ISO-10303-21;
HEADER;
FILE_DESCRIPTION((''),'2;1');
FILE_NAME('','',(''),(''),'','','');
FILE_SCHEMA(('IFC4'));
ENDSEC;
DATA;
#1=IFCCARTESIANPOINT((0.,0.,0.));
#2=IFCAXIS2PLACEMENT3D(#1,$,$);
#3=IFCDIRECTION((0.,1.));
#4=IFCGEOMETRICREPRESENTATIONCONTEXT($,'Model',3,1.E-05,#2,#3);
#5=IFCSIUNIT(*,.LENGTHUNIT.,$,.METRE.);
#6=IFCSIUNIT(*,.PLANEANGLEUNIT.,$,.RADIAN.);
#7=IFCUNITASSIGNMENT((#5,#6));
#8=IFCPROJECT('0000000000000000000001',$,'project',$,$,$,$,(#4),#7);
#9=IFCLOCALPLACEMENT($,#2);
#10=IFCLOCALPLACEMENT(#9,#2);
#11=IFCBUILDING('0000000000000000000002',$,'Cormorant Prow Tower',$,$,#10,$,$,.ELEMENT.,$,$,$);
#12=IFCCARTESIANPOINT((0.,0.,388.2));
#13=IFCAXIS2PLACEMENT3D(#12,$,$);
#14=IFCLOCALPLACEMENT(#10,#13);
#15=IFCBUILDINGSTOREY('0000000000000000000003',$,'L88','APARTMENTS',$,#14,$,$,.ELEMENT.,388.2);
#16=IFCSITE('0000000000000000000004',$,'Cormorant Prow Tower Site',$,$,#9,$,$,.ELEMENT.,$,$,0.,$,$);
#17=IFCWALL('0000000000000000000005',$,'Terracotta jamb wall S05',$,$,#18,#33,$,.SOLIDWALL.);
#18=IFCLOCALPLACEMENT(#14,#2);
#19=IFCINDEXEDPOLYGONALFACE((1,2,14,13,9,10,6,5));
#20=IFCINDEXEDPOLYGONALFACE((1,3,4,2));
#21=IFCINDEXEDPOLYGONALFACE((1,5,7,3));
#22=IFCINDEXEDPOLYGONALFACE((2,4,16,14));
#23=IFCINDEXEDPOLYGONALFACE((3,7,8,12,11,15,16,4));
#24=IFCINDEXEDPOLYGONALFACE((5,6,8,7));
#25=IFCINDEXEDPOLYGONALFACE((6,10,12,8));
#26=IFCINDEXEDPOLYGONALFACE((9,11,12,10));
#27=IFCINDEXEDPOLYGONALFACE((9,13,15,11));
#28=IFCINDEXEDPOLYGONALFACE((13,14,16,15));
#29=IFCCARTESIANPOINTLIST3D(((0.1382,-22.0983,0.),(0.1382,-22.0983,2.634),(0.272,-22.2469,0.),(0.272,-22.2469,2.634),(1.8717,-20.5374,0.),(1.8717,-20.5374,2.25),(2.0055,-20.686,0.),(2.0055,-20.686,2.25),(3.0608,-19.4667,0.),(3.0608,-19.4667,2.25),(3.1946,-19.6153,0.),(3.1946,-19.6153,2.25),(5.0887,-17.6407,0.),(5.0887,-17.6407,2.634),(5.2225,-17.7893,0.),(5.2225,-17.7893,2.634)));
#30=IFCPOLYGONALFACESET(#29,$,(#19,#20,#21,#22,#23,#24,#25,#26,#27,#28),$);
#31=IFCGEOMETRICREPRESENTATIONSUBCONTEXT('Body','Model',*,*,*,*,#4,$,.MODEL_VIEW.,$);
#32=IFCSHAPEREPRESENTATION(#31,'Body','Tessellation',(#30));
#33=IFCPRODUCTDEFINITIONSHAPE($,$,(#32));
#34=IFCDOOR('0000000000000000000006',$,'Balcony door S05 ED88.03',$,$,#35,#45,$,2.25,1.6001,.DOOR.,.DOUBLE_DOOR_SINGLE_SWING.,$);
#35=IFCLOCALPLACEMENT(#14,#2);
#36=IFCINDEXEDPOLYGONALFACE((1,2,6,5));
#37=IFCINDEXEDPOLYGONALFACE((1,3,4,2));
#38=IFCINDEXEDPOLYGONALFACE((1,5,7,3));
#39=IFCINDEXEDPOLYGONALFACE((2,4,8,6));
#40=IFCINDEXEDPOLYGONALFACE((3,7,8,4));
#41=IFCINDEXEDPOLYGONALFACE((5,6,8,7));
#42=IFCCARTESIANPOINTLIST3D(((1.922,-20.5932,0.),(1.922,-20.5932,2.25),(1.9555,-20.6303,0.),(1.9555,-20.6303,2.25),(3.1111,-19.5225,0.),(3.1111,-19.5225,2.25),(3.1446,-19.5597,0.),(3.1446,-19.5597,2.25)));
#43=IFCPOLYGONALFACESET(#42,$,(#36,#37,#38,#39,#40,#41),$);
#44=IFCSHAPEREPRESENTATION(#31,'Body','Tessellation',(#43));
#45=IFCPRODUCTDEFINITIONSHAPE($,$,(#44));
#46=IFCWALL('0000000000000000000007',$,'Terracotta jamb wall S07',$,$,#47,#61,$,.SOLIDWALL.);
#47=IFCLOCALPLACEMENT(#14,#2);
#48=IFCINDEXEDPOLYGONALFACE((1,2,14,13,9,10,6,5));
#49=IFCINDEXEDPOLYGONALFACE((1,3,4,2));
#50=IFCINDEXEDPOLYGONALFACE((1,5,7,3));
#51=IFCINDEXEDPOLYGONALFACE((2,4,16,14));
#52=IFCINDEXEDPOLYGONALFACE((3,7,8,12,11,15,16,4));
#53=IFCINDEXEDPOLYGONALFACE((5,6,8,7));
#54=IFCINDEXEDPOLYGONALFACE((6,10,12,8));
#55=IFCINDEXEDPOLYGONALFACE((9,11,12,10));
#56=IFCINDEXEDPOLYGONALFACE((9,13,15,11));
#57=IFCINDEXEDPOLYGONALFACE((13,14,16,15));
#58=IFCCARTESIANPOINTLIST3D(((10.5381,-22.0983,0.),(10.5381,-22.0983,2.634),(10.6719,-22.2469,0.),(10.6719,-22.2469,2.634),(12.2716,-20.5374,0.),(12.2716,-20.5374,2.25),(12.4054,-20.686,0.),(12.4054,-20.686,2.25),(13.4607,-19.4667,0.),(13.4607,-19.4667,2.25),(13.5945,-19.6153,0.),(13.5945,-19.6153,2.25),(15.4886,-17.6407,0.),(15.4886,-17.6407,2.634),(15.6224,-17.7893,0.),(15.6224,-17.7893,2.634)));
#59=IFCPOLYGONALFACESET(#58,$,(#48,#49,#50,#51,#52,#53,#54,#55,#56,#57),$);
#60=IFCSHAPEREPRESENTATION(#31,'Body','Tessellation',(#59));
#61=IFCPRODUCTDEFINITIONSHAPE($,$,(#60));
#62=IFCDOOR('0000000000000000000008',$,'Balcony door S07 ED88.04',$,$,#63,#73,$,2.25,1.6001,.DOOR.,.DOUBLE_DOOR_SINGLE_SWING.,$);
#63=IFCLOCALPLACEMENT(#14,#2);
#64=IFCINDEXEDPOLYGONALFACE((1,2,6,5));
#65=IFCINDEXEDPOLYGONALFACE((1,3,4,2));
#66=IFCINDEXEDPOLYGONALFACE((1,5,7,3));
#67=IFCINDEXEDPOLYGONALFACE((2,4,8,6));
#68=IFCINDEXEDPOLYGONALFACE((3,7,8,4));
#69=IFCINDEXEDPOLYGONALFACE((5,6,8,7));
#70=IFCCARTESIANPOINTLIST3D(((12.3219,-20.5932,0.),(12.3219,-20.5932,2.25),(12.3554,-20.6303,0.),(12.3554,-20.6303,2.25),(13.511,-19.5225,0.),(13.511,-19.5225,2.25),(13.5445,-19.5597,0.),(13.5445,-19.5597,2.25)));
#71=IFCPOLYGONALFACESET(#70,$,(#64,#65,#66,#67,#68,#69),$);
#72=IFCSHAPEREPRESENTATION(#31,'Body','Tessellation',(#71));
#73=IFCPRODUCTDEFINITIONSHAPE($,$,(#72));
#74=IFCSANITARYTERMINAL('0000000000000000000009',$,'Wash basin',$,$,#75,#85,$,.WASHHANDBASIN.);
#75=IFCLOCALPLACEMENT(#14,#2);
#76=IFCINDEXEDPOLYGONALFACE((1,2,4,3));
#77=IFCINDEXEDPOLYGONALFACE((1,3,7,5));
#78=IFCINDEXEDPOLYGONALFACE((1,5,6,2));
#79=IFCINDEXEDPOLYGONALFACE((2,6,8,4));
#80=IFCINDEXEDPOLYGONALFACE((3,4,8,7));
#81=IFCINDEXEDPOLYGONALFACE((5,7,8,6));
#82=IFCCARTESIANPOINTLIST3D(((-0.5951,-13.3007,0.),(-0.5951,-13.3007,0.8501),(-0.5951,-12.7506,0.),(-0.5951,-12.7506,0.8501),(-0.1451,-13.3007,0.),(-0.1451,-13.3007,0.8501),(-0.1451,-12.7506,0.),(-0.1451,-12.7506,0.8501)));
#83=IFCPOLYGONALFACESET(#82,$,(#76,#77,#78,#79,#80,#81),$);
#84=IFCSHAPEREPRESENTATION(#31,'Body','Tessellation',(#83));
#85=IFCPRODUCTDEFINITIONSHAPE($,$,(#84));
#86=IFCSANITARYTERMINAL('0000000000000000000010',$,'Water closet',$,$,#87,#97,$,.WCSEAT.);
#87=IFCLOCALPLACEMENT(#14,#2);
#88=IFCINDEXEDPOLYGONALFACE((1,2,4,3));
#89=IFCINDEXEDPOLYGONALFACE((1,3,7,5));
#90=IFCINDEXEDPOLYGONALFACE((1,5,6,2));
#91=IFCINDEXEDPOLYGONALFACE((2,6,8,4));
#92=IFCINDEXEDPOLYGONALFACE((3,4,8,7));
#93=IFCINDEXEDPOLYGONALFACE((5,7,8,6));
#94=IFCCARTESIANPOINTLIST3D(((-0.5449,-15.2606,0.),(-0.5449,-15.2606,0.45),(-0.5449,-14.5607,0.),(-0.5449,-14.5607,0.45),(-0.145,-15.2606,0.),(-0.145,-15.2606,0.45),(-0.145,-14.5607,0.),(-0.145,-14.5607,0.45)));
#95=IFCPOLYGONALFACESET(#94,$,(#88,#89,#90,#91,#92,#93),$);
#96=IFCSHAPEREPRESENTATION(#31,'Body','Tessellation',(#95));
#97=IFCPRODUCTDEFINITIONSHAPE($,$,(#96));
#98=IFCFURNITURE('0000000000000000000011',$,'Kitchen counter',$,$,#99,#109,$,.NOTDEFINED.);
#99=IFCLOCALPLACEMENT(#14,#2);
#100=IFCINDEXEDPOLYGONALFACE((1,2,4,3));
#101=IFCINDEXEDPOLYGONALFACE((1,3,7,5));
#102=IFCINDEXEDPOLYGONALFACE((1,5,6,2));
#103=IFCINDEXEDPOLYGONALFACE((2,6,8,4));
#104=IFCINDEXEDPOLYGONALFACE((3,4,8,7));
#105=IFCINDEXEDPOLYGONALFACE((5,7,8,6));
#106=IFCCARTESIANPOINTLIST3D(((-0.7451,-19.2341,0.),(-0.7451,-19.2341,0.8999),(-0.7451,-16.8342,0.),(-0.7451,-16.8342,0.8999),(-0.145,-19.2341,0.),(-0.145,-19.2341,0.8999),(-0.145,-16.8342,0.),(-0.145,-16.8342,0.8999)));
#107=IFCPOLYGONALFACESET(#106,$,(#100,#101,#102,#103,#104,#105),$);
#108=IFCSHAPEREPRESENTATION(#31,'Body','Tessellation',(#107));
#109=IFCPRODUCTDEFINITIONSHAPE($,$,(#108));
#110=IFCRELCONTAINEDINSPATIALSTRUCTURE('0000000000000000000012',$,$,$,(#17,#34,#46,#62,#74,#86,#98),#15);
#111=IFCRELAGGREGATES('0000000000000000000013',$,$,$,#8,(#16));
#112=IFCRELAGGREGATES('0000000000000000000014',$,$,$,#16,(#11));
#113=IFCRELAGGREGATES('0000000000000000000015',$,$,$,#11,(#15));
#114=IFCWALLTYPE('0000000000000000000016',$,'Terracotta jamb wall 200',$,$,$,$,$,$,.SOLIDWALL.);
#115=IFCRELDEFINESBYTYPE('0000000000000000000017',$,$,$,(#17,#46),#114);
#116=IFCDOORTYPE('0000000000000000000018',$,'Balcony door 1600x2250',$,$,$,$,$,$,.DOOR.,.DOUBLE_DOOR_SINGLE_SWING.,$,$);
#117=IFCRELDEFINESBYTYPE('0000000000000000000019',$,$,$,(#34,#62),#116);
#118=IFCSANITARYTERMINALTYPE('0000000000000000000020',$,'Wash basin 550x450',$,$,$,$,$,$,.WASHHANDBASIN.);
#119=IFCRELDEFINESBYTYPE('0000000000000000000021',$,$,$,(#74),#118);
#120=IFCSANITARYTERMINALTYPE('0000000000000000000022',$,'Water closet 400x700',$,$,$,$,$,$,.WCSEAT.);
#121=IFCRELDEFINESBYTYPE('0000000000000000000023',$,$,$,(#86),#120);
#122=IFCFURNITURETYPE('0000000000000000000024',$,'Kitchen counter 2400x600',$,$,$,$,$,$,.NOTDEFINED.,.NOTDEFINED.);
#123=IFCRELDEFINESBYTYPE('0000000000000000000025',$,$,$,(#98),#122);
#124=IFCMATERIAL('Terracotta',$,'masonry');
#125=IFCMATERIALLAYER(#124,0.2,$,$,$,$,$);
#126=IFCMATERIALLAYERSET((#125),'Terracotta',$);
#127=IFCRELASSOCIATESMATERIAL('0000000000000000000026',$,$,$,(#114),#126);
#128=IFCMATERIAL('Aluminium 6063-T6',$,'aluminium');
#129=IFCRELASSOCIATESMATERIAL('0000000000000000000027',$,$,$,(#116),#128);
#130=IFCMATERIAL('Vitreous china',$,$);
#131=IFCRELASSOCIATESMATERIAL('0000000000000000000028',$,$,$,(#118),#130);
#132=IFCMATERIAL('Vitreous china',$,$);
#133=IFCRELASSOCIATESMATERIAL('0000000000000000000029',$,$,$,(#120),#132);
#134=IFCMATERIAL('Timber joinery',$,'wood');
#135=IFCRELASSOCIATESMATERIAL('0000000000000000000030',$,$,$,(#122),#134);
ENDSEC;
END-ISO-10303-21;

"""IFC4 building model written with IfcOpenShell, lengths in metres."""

from ifc_helpers import new_model, si_unit, direction, frame, frame_2d, origin, origin_2d, place, context, subcontext, project, spatial, rectangle, extrude, material, layer, layer_set, type_object, element, fill, save


model = new_model("IFC4")

# Units and contexts
model_context = context("Model", 3, precision=1e-05, world=origin(), true_north=direction((0.0, 1.0)))
body_context = subcontext(model_context, "Body", "Model", "MODEL_VIEW")
ifc_project = project(units=[si_unit("LENGTHUNIT", "METRE"), si_unit("PLANEANGLEUNIT", "RADIAN")], contexts=[model_context])

# Site, building, storey
site_placement = place(None, origin())
site = spatial("IfcSite", under=ifc_project, at=site_placement, Name="Cormorant Prow Tower Site", CompositionType="ELEMENT", RefElevation=0.0)
building_placement = place(site_placement, origin())
building = spatial("IfcBuilding", under=site, at=building_placement, Name="Cormorant Prow Tower", CompositionType="ELEMENT")
storey_placement = place(building_placement, frame((0.0, 0.0, 388.2)))
storey = spatial("IfcBuildingStorey", under=building, at=storey_placement, Name="L88", Description="APARTMENTS", CompositionType="ELEMENT", Elevation=388.2)

# Walls, openings, doors
ifc_material_1 = material(Name="Terracotta", Category="masonry")
ifc_layer_1 = layer(ifc_material_1, 0.2)
ifc_layer_set_1 = layer_set([ifc_layer_1], Name="Terracotta")
wall_type_1 = type_object("IfcWallType", Name="Terracotta jamb wall 200", PredefinedType="SOLIDWALL", material=ifc_layer_set_1)
wall_1_placement = place(storey_placement, frame((0.2051, -22.1726, 0.0), z_axis=(0.0, 0.0, 1.0), x_axis=(0.743136, 0.669141, 0.0)))
wall_1 = element("IfcWall", 1, at=wall_1_placement, inside=storey, type_object=wall_type_1, Name="Terracotta jamb wall S05", PredefinedType="SOLIDWALL", context=body_context, shape_type="SweptSolid", body=[
    extrude(rectangle(XDim=6.6616, YDim=0.2, at=frame_2d((3.3308, 0.0))), origin(), (0.0, 0.0, 1.0), 2.634),
])
opening_1_placement = place(wall_1_placement, frame((2.3328, 0.0, 0.0)))
opening_1 = element("IfcOpeningElement", 2, at=opening_1_placement, cuts=wall_1, PredefinedType="OPENING", context=body_context, shape_type="SweptSolid", body=[
    extrude(rectangle(XDim=1.6001, YDim=2.25, at=frame_2d((0.8, 1.125))), frame((0.0, 0.1099, 0.0), z_axis=(0.0, -1.0, 0.0), x_axis=(1.0, 0.0, 0.0)), (0.0, 0.0, 1.0), 0.22),
])
ifc_material_2 = material(Name="Aluminium 6063-T6", Category="aluminium")
door_type_1 = type_object("IfcDoorType", Name="Balcony door 1600x2250", OperationType="DOUBLE_DOOR_SINGLE_SWING", PredefinedType="DOOR", material=ifc_material_2)
door_1_placement = place(opening_1_placement, origin())
door_1 = element("IfcDoor", 3, at=door_1_placement, inside=storey, type_object=door_type_1, Name="Balcony door S05 ED88.03", OperationType="DOUBLE_DOOR_SINGLE_SWING", OverallHeight=2.25, OverallWidth=1.6001, PredefinedType="DOOR", context=body_context, shape_type="SweptSolid", body=[
    extrude(rectangle(XDim=1.6001, YDim=2.25, at=frame_2d((0.8, 1.125))), frame((0.0, 0.0249, 0.0), z_axis=(0.0, -1.0, 0.0), x_axis=(1.0, 0.0, 0.0)), (0.0, 0.0, 1.0), 0.05),
])
fill(opening_1, door_1)
wall_2_placement = place(storey_placement, frame((10.605, -22.1726, 0.0), z_axis=(0.0, 0.0, 1.0), x_axis=(0.743136, 0.669141, 0.0)))
wall_2 = element("IfcWall", 4, at=wall_2_placement, inside=storey, type_object=wall_type_1, Name="Terracotta jamb wall S07", PredefinedType="SOLIDWALL", context=body_context, shape_type="SweptSolid", body=[
    extrude(rectangle(XDim=6.6616, YDim=0.2, at=frame_2d((3.3308, 0.0))), origin(), (0.0, 0.0, 1.0), 2.634),
])
opening_2_placement = place(wall_2_placement, frame((2.3328, 0.0, 0.0)))
opening_2 = element("IfcOpeningElement", 5, at=opening_2_placement, cuts=wall_2, PredefinedType="OPENING", context=body_context, shape_type="SweptSolid", body=[
    extrude(rectangle(XDim=1.6001, YDim=2.25, at=frame_2d((0.8, 1.125))), frame((0.0, 0.1099, 0.0), z_axis=(0.0, -1.0, 0.0), x_axis=(1.0, 0.0, 0.0)), (0.0, 0.0, 1.0), 0.22),
])
door_2_placement = place(opening_2_placement, origin())
door_2 = element("IfcDoor", 6, at=door_2_placement, inside=storey, type_object=door_type_1, Name="Balcony door S07 ED88.04", OperationType="DOUBLE_DOOR_SINGLE_SWING", OverallHeight=2.25, OverallWidth=1.6001, PredefinedType="DOOR", context=body_context, shape_type="SweptSolid", body=[
    extrude(rectangle(XDim=1.6001, YDim=2.25, at=frame_2d((0.8, 1.125))), frame((0.0, 0.0249, 0.0), z_axis=(0.0, -1.0, 0.0), x_axis=(1.0, 0.0, 0.0)), (0.0, 0.0, 1.0), 0.05),
])
fill(opening_2, door_2)

# Sanitary terminals
ifc_material_3 = material(Name="Vitreous china")
sanitary_terminal_type_1 = type_object("IfcSanitaryTerminalType", Name="Wash basin 550x450", PredefinedType="WASHHANDBASIN", material=ifc_material_3)
sanitary_terminal_1_placement = place(storey_placement, frame((-0.3701, -13.0256, 0.0), z_axis=(0.0, 0.0, 1.0), x_axis=(0.0, -1.0, 0.0)))
element("IfcSanitaryTerminal", 7, at=sanitary_terminal_1_placement, inside=storey, type_object=sanitary_terminal_type_1, Name="Wash basin", PredefinedType="WASHHANDBASIN", context=body_context, shape_type="SweptSolid", body=[
    extrude(rectangle(XDim=0.55, YDim=0.45, at=origin_2d()), origin(), (0.0, 0.0, 1.0), 0.8501),
])
ifc_material_4 = material(Name="Vitreous china")
sanitary_terminal_type_2 = type_object("IfcSanitaryTerminalType", Name="Water closet 400x700", PredefinedType="WCSEAT", material=ifc_material_4)
sanitary_terminal_2_placement = place(storey_placement, frame((-0.345, -14.9106, 0.0), z_axis=(0.0, 0.0, 1.0), x_axis=(-1.0, 0.0, 0.0)))
element("IfcSanitaryTerminal", 8, at=sanitary_terminal_2_placement, inside=storey, type_object=sanitary_terminal_type_2, Name="Water closet", PredefinedType="WCSEAT", context=body_context, shape_type="SweptSolid", body=[
    extrude(rectangle(XDim=0.3999, YDim=0.7, at=origin_2d()), origin(), (0.0, 0.0, 1.0), 0.45),
])

# Furniture
ifc_material_5 = material(Name="Timber joinery", Category="wood")
furniture_type = type_object("IfcFurnitureType", Name="Kitchen counter 2400x600", AssemblyPlace="NOTDEFINED", PredefinedType="NOTDEFINED", material=ifc_material_5)
furniture_placement = place(storey_placement, frame((-0.4451, -18.0342, 0.0), z_axis=(0.0, 0.0, 1.0), x_axis=(0.0, -1.0, 0.0)))
element("IfcFurniture", 9, at=furniture_placement, inside=storey, type_object=furniture_type, Name="Kitchen counter", PredefinedType="NOTDEFINED", context=body_context, shape_type="SweptSolid", body=[
    extrude(rectangle(XDim=2.3999, YDim=0.6001, at=origin_2d()), origin(), (0.0, 0.0, 1.0), 0.8999),
])

save(model, "model.ifc")
